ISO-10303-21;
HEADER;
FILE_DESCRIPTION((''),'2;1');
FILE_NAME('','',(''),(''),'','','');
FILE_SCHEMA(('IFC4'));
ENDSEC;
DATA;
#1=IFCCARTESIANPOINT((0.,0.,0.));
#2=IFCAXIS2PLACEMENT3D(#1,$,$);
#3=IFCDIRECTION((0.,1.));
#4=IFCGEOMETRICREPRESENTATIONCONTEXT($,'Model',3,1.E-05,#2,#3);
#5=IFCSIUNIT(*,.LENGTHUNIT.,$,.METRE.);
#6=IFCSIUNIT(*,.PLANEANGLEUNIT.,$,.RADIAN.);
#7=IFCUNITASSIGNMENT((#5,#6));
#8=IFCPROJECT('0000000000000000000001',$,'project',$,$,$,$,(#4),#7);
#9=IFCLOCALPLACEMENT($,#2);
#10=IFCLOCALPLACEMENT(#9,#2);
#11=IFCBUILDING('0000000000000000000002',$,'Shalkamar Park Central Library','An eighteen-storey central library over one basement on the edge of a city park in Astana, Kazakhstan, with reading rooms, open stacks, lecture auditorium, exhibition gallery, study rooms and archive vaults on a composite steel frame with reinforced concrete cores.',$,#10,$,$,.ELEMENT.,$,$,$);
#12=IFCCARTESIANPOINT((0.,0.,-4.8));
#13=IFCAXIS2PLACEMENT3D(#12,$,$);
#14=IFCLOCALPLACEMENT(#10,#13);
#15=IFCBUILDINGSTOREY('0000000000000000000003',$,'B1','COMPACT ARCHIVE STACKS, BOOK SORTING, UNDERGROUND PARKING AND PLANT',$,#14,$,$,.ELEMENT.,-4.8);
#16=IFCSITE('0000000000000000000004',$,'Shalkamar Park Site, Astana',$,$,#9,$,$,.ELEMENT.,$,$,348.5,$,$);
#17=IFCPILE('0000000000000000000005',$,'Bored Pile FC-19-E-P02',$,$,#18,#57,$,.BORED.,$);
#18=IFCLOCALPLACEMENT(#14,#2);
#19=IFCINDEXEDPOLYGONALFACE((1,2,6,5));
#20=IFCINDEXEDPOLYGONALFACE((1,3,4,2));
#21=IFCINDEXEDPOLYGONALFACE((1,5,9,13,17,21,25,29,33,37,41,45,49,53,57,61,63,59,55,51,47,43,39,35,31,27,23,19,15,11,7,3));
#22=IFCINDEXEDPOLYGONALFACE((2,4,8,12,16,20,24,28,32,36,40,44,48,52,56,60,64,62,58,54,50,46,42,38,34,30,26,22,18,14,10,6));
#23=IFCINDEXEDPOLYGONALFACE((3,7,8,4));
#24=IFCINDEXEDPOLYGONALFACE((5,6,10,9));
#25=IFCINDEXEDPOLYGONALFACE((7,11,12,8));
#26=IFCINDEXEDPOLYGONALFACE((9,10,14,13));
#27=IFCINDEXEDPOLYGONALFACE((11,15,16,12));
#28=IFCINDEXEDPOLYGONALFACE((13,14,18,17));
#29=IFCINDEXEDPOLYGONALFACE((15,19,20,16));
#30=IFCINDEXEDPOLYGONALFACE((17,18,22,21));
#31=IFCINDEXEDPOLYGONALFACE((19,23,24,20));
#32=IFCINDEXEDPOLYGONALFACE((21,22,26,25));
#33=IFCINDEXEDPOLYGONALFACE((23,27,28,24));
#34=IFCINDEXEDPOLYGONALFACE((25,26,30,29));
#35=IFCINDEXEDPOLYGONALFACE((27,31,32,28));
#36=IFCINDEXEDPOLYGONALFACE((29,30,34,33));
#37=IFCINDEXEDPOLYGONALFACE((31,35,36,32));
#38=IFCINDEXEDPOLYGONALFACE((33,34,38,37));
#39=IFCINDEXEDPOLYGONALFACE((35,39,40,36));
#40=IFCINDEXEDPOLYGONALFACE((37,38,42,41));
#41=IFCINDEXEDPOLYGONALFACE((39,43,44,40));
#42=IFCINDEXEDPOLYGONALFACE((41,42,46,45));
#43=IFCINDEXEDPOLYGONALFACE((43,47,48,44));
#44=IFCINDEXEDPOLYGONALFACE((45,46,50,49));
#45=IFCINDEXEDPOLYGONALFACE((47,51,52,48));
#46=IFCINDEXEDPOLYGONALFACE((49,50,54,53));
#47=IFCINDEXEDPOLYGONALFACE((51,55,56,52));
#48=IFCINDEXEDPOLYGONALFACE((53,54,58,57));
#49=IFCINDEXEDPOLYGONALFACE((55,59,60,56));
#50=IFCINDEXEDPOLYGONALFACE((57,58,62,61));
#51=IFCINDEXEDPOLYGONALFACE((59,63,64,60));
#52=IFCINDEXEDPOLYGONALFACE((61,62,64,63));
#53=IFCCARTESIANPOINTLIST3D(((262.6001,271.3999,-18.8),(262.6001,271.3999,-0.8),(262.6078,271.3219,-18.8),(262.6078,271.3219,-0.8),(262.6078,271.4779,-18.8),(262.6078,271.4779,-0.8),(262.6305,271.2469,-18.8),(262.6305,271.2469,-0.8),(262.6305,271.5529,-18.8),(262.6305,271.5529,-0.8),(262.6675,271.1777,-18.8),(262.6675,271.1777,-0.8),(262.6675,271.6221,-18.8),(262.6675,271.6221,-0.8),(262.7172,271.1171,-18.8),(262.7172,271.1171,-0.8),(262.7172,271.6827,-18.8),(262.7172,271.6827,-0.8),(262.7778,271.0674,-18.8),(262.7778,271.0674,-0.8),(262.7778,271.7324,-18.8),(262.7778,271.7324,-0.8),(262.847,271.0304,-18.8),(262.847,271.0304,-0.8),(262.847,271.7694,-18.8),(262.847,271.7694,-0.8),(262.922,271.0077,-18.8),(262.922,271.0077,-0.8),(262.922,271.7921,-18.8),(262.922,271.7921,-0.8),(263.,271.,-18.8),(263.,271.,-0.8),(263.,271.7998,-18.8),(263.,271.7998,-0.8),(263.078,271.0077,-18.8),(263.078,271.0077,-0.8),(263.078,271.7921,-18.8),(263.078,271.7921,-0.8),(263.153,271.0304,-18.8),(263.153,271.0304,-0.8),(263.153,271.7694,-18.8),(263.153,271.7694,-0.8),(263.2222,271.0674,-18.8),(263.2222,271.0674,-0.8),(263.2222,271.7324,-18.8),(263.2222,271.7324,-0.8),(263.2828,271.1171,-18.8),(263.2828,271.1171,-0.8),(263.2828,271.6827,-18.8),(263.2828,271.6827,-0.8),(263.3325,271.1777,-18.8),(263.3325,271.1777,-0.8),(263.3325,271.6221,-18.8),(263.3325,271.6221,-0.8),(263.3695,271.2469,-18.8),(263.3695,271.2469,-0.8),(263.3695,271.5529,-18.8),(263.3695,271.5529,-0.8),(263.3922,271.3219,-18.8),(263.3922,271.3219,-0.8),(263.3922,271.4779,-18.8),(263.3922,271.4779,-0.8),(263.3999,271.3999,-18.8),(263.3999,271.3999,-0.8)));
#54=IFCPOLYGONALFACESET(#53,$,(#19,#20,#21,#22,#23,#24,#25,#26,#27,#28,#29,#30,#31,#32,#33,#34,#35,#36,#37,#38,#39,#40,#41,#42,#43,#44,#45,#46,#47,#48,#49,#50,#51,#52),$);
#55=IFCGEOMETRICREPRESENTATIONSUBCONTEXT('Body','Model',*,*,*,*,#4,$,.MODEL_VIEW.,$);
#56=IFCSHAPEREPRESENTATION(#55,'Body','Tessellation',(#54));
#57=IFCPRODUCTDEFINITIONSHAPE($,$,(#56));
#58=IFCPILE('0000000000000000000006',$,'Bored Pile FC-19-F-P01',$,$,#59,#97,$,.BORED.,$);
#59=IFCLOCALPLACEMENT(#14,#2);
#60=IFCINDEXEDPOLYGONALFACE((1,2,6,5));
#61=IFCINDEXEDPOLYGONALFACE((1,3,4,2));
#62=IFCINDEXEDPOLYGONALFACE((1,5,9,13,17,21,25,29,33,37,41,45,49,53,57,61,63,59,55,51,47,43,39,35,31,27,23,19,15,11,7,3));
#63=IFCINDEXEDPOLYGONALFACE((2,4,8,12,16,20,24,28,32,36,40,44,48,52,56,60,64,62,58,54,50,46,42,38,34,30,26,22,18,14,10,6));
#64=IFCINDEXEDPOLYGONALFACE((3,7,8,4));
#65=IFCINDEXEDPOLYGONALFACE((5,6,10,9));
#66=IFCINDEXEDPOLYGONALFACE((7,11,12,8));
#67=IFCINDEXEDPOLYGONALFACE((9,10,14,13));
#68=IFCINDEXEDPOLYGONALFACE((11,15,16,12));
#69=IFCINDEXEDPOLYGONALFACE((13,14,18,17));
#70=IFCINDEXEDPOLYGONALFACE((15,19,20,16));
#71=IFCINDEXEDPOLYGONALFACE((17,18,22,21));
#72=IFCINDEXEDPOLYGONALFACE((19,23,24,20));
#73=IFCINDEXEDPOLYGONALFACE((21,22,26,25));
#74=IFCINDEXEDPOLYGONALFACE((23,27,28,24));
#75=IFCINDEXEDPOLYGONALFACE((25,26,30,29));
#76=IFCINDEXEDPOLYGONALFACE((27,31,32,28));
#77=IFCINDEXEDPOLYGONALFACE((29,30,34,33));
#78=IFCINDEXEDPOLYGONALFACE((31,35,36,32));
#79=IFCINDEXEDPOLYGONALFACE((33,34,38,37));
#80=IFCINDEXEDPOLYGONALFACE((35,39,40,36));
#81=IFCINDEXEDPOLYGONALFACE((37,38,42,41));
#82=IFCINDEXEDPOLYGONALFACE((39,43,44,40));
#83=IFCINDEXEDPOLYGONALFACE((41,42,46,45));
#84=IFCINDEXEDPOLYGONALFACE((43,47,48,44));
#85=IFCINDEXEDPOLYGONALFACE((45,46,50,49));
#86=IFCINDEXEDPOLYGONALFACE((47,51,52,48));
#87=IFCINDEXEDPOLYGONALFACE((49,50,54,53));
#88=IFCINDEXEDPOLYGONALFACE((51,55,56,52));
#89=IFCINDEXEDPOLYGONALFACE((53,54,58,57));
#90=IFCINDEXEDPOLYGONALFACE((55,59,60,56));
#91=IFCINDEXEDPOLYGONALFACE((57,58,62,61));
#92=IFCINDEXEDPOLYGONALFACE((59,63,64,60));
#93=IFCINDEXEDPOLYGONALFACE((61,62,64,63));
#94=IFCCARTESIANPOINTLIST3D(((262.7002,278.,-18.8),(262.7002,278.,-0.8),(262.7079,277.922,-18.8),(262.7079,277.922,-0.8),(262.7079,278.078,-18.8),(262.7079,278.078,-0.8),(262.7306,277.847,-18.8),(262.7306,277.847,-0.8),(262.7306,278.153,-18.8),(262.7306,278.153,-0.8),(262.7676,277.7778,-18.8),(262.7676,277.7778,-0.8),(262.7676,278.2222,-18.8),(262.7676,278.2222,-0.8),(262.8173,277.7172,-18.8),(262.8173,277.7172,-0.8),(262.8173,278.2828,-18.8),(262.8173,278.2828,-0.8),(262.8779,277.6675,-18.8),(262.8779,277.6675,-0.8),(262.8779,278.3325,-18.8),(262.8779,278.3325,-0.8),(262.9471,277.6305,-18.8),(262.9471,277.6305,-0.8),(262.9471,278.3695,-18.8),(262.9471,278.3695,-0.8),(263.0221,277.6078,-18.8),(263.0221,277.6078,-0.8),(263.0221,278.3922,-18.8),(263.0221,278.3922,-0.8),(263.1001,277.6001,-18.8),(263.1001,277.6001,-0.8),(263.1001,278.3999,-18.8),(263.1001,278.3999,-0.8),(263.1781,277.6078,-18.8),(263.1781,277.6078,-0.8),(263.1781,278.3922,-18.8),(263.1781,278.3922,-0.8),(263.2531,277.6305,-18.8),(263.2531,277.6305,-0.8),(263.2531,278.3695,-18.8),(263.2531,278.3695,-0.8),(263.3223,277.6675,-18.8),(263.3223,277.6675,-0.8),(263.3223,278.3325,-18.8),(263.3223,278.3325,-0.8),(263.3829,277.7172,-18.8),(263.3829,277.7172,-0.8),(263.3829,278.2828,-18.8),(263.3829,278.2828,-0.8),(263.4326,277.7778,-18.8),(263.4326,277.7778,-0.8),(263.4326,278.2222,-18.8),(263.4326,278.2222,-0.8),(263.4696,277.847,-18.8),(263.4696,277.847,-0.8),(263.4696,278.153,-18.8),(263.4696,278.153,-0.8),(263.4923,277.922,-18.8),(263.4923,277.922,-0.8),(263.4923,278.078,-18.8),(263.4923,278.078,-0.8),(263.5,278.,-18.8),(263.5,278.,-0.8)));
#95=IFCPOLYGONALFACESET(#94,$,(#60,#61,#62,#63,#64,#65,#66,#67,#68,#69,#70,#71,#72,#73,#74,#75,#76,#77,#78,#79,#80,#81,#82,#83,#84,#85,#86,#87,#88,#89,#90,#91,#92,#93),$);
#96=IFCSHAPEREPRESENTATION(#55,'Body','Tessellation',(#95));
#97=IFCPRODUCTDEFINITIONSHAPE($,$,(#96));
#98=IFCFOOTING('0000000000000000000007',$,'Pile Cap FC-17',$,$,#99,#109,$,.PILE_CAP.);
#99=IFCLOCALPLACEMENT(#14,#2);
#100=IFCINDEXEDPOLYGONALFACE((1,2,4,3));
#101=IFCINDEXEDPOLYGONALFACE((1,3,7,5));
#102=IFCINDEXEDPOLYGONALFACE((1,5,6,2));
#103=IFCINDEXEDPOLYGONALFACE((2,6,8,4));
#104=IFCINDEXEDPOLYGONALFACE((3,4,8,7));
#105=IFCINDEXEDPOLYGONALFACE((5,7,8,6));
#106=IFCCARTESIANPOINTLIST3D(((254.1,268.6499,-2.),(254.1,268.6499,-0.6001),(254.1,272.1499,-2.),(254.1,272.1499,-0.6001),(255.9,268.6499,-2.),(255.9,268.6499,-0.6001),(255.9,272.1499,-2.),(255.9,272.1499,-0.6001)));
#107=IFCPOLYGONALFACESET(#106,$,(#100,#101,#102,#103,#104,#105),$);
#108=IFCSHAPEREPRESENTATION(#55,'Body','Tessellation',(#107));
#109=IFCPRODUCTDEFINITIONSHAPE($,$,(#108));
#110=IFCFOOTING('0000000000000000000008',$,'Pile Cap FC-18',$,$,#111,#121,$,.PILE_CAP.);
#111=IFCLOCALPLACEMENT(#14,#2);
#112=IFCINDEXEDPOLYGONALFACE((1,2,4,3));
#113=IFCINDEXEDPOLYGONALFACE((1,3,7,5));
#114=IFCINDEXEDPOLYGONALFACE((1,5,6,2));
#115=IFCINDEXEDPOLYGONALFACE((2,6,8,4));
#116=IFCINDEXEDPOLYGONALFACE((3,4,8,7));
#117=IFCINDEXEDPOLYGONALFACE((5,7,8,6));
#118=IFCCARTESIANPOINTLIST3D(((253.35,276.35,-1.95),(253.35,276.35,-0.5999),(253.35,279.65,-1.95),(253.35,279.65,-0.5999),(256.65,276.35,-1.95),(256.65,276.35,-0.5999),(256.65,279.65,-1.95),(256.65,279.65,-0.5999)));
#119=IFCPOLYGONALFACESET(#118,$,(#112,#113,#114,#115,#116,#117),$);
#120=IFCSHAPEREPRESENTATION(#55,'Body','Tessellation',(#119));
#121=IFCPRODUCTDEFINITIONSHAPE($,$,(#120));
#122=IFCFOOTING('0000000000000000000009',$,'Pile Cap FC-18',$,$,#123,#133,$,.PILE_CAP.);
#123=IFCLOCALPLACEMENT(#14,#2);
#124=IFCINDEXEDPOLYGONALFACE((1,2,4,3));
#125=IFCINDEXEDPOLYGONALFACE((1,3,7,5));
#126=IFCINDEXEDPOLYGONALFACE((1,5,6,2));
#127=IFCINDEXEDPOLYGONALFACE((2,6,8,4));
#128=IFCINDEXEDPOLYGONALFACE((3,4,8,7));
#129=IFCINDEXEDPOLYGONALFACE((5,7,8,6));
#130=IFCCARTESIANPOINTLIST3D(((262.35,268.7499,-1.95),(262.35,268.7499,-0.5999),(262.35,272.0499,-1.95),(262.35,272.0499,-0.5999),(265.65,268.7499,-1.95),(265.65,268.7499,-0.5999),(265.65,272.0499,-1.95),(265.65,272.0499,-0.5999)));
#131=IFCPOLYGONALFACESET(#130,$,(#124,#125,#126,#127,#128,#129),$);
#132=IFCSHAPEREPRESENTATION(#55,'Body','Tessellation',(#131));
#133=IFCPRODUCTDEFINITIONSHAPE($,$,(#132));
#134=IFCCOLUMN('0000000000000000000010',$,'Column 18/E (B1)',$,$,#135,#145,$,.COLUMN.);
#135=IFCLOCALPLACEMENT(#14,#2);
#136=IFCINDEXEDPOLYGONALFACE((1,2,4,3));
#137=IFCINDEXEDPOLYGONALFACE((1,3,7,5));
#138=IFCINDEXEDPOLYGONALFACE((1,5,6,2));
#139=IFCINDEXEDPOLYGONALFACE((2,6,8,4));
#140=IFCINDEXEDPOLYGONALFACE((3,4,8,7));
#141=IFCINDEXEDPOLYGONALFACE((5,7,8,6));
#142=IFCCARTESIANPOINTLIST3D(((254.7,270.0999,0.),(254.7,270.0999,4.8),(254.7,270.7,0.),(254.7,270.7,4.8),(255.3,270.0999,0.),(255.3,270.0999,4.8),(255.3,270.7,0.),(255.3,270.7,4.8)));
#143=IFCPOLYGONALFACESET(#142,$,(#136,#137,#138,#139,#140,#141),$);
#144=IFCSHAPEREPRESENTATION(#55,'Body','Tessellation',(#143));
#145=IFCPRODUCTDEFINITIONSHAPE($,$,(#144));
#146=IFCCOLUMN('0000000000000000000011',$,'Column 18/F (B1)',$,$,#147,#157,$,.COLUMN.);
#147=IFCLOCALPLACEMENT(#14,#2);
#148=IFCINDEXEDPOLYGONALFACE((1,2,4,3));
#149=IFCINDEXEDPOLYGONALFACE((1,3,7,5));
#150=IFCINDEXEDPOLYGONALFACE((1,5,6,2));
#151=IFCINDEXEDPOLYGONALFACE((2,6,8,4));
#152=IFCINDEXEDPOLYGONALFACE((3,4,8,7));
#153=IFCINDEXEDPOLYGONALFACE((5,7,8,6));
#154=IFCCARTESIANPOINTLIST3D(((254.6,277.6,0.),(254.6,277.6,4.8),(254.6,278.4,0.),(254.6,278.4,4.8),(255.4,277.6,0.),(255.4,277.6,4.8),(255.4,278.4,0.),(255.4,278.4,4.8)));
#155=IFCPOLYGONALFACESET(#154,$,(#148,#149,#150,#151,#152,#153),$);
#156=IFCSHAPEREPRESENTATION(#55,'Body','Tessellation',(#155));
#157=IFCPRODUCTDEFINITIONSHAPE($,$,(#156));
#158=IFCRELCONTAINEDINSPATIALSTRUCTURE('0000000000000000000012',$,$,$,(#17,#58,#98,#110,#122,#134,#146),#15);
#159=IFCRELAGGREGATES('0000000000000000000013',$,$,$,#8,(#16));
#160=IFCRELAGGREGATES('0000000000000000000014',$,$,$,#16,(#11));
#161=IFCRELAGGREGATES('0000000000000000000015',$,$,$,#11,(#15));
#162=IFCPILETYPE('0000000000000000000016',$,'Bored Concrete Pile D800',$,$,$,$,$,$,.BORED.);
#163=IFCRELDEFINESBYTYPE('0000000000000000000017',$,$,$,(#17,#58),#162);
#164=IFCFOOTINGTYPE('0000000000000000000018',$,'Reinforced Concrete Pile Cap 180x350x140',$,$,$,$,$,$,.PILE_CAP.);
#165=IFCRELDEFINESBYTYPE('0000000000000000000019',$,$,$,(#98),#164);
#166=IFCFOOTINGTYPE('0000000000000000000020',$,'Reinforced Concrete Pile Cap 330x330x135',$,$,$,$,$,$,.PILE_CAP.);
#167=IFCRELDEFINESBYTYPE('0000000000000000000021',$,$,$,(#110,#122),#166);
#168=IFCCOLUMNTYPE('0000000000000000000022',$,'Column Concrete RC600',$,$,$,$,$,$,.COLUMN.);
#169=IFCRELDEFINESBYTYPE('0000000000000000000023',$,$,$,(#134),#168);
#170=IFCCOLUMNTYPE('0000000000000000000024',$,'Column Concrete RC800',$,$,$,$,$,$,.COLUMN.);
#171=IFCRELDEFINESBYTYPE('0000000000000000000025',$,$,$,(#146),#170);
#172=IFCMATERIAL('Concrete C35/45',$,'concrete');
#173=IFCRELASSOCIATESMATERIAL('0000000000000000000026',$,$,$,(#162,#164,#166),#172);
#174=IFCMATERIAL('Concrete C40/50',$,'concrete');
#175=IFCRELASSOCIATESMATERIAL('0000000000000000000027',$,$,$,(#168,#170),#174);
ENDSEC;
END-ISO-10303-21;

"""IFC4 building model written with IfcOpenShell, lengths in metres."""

from ifc_helpers import new_model, si_unit, direction, frame, origin, origin_2d, place, context, subcontext, project, spatial, rectangle, circle, extrude, material, material_profile, profile_set, type_object, element, save


model = new_model("IFC4")

# Units and contexts
model_context = context("Model", 3, precision=1e-05, world=origin(), true_north=direction((0.0, 1.0)))
body_context = subcontext(model_context, "Body", "Model", "MODEL_VIEW")
ifc_project = project(units=[si_unit("LENGTHUNIT", "METRE"), si_unit("PLANEANGLEUNIT", "RADIAN")], contexts=[model_context])

# Site, building, storey
site_placement = place(None, origin())
site = spatial("IfcSite", under=ifc_project, at=site_placement, Name="Shalkamar Park Site, Astana", CompositionType="ELEMENT", RefElevation=348.5)
building_placement = place(site_placement, origin())
building = spatial("IfcBuilding", under=site, at=building_placement, Name="Shalkamar Park Central Library", Description="An eighteen-storey central library over one basement on the edge of a city park in Astana, Kazakhstan, with reading rooms, open stacks, lecture auditorium, exhibition gallery, study rooms and archive vaults on a composite steel frame with reinforced concrete cores.", CompositionType="ELEMENT")
storey_placement = place(building_placement, frame((0.0, 0.0, -4.8)))
storey = spatial("IfcBuildingStorey", under=building, at=storey_placement, Name="B1", Description="COMPACT ARCHIVE STACKS, BOOK SORTING, UNDERGROUND PARKING AND PLANT", CompositionType="ELEMENT", Elevation=-4.8)

# Piles
ifc_material_1 = material(Name="Concrete C35/45", Category="concrete")
ifc_material_profile_1 = material_profile(ifc_material_1, circle(Radius=0.3999, at=origin_2d()), Name="PILE D800")
ifc_profile_set_1 = profile_set([ifc_material_profile_1], Name="Concrete C35/45")
pile_type = type_object("IfcPileType", Name="Bored Concrete Pile D800", PredefinedType="BORED", material=ifc_profile_set_1)
for number, where, z_axis, x_axis, name in (
    (1, (263.0, 271.3999, -0.8), (0.0, 0.0, -1.0), (1.0, 0.0, 0.0), "Bored Pile FC-19-E-P02"),
    (2, (263.1001, 278.0, -0.8), (0.0, 0.0, -1.0), (1.0, 0.0, 0.0), "Bored Pile FC-19-F-P01"),
):
    element("IfcPile", number, at=place(storey_placement, frame(where, z_axis=z_axis, x_axis=x_axis)), inside=storey, type_object=pile_type, Name=name, PredefinedType="BORED", context=body_context, shape_type="SweptSolid", body=[
        extrude(circle(Radius=0.3999, at=origin_2d()), origin(), (0.0, 0.0, 1.0), 18.0),
    ])

# Footings
footing_type_1 = type_object("IfcFootingType", Name="Reinforced Concrete Pile Cap 180x350x140", PredefinedType="PILE_CAP", material=ifc_material_1)
footing_placement = place(storey_placement, frame((255.0, 270.3999, -2.0), z_axis=(0.0, 0.0, 1.0), x_axis=(1.0, 0.0, 0.0)))
element("IfcFooting", 3, at=footing_placement, inside=storey, type_object=footing_type_1, Name="Pile Cap FC-17", PredefinedType="PILE_CAP", context=body_context, shape_type="SweptSolid", body=[
    extrude(rectangle(XDim=1.8, YDim=3.5, at=origin_2d()), origin(), (0.0, 0.0, 1.0), 1.3999),
])
footing_type_2 = type_object("IfcFootingType", Name="Reinforced Concrete Pile Cap 330x330x135", PredefinedType="PILE_CAP", material=ifc_material_1)
for number, where, z_axis, x_axis, name in (
    (4, (255.0, 278.0, -1.95), (0.0, 0.0, 1.0), (1.0, 0.0, 0.0), "Pile Cap FC-18"),
    (5, (264.0, 270.3999, -1.95), (0.0, 0.0, 1.0), (1.0, 0.0, 0.0), "Pile Cap FC-18"),
):
    element("IfcFooting", number, at=place(storey_placement, frame(where, z_axis=z_axis, x_axis=x_axis)), inside=storey, type_object=footing_type_2, Name=name, PredefinedType="PILE_CAP", context=body_context, shape_type="SweptSolid", body=[
        extrude(rectangle(XDim=3.3, YDim=3.3, at=origin_2d()), origin(), (0.0, 0.0, 1.0), 1.3501),
    ])

# Columns
ifc_material_2 = material(Name="Concrete C40/50", Category="concrete")
ifc_material_profile_2 = material_profile(ifc_material_2, rectangle(XDim=0.6001, YDim=0.6001, at=origin_2d()), Name="RC 600x600")
ifc_profile_set_2 = profile_set([ifc_material_profile_2], Name="Concrete C40/50")
column_type_1 = type_object("IfcColumnType", Name="Column Concrete RC600", PredefinedType="COLUMN", material=ifc_profile_set_2)
column_1_placement = place(storey_placement, frame((255.0, 270.3999, 0.0), z_axis=(0.0, 0.0, 1.0), x_axis=(1.0, 0.0, 0.0)))
element("IfcColumn", 6, at=column_1_placement, inside=storey, type_object=column_type_1, Name="Column 18/E (B1)", PredefinedType="COLUMN", context=body_context, shape_type="SweptSolid", body=[
    extrude(rectangle(XDim=0.6001, YDim=0.6001, at=origin_2d()), origin(), (0.0, 0.0, 1.0), 4.8),
])
ifc_material_profile_3 = material_profile(ifc_material_2, rectangle(XDim=0.8, YDim=0.8, at=origin_2d()), Name="RC 800x800")
ifc_profile_set_3 = profile_set([ifc_material_profile_3], Name="Concrete C40/50")
column_type_2 = type_object("IfcColumnType", Name="Column Concrete RC800", PredefinedType="COLUMN", material=ifc_profile_set_3)
column_2_placement = place(storey_placement, frame((255.0, 278.0, 0.0), z_axis=(0.0, 0.0, 1.0), x_axis=(1.0, 0.0, 0.0)))
element("IfcColumn", 7, at=column_2_placement, inside=storey, type_object=column_type_2, Name="Column 18/F (B1)", PredefinedType="COLUMN", context=body_context, shape_type="SweptSolid", body=[
    extrude(rectangle(XDim=0.8, YDim=0.8, at=origin_2d()), origin(), (0.0, 0.0, 1.0), 4.8),
])

save(model, "model.ifc")
